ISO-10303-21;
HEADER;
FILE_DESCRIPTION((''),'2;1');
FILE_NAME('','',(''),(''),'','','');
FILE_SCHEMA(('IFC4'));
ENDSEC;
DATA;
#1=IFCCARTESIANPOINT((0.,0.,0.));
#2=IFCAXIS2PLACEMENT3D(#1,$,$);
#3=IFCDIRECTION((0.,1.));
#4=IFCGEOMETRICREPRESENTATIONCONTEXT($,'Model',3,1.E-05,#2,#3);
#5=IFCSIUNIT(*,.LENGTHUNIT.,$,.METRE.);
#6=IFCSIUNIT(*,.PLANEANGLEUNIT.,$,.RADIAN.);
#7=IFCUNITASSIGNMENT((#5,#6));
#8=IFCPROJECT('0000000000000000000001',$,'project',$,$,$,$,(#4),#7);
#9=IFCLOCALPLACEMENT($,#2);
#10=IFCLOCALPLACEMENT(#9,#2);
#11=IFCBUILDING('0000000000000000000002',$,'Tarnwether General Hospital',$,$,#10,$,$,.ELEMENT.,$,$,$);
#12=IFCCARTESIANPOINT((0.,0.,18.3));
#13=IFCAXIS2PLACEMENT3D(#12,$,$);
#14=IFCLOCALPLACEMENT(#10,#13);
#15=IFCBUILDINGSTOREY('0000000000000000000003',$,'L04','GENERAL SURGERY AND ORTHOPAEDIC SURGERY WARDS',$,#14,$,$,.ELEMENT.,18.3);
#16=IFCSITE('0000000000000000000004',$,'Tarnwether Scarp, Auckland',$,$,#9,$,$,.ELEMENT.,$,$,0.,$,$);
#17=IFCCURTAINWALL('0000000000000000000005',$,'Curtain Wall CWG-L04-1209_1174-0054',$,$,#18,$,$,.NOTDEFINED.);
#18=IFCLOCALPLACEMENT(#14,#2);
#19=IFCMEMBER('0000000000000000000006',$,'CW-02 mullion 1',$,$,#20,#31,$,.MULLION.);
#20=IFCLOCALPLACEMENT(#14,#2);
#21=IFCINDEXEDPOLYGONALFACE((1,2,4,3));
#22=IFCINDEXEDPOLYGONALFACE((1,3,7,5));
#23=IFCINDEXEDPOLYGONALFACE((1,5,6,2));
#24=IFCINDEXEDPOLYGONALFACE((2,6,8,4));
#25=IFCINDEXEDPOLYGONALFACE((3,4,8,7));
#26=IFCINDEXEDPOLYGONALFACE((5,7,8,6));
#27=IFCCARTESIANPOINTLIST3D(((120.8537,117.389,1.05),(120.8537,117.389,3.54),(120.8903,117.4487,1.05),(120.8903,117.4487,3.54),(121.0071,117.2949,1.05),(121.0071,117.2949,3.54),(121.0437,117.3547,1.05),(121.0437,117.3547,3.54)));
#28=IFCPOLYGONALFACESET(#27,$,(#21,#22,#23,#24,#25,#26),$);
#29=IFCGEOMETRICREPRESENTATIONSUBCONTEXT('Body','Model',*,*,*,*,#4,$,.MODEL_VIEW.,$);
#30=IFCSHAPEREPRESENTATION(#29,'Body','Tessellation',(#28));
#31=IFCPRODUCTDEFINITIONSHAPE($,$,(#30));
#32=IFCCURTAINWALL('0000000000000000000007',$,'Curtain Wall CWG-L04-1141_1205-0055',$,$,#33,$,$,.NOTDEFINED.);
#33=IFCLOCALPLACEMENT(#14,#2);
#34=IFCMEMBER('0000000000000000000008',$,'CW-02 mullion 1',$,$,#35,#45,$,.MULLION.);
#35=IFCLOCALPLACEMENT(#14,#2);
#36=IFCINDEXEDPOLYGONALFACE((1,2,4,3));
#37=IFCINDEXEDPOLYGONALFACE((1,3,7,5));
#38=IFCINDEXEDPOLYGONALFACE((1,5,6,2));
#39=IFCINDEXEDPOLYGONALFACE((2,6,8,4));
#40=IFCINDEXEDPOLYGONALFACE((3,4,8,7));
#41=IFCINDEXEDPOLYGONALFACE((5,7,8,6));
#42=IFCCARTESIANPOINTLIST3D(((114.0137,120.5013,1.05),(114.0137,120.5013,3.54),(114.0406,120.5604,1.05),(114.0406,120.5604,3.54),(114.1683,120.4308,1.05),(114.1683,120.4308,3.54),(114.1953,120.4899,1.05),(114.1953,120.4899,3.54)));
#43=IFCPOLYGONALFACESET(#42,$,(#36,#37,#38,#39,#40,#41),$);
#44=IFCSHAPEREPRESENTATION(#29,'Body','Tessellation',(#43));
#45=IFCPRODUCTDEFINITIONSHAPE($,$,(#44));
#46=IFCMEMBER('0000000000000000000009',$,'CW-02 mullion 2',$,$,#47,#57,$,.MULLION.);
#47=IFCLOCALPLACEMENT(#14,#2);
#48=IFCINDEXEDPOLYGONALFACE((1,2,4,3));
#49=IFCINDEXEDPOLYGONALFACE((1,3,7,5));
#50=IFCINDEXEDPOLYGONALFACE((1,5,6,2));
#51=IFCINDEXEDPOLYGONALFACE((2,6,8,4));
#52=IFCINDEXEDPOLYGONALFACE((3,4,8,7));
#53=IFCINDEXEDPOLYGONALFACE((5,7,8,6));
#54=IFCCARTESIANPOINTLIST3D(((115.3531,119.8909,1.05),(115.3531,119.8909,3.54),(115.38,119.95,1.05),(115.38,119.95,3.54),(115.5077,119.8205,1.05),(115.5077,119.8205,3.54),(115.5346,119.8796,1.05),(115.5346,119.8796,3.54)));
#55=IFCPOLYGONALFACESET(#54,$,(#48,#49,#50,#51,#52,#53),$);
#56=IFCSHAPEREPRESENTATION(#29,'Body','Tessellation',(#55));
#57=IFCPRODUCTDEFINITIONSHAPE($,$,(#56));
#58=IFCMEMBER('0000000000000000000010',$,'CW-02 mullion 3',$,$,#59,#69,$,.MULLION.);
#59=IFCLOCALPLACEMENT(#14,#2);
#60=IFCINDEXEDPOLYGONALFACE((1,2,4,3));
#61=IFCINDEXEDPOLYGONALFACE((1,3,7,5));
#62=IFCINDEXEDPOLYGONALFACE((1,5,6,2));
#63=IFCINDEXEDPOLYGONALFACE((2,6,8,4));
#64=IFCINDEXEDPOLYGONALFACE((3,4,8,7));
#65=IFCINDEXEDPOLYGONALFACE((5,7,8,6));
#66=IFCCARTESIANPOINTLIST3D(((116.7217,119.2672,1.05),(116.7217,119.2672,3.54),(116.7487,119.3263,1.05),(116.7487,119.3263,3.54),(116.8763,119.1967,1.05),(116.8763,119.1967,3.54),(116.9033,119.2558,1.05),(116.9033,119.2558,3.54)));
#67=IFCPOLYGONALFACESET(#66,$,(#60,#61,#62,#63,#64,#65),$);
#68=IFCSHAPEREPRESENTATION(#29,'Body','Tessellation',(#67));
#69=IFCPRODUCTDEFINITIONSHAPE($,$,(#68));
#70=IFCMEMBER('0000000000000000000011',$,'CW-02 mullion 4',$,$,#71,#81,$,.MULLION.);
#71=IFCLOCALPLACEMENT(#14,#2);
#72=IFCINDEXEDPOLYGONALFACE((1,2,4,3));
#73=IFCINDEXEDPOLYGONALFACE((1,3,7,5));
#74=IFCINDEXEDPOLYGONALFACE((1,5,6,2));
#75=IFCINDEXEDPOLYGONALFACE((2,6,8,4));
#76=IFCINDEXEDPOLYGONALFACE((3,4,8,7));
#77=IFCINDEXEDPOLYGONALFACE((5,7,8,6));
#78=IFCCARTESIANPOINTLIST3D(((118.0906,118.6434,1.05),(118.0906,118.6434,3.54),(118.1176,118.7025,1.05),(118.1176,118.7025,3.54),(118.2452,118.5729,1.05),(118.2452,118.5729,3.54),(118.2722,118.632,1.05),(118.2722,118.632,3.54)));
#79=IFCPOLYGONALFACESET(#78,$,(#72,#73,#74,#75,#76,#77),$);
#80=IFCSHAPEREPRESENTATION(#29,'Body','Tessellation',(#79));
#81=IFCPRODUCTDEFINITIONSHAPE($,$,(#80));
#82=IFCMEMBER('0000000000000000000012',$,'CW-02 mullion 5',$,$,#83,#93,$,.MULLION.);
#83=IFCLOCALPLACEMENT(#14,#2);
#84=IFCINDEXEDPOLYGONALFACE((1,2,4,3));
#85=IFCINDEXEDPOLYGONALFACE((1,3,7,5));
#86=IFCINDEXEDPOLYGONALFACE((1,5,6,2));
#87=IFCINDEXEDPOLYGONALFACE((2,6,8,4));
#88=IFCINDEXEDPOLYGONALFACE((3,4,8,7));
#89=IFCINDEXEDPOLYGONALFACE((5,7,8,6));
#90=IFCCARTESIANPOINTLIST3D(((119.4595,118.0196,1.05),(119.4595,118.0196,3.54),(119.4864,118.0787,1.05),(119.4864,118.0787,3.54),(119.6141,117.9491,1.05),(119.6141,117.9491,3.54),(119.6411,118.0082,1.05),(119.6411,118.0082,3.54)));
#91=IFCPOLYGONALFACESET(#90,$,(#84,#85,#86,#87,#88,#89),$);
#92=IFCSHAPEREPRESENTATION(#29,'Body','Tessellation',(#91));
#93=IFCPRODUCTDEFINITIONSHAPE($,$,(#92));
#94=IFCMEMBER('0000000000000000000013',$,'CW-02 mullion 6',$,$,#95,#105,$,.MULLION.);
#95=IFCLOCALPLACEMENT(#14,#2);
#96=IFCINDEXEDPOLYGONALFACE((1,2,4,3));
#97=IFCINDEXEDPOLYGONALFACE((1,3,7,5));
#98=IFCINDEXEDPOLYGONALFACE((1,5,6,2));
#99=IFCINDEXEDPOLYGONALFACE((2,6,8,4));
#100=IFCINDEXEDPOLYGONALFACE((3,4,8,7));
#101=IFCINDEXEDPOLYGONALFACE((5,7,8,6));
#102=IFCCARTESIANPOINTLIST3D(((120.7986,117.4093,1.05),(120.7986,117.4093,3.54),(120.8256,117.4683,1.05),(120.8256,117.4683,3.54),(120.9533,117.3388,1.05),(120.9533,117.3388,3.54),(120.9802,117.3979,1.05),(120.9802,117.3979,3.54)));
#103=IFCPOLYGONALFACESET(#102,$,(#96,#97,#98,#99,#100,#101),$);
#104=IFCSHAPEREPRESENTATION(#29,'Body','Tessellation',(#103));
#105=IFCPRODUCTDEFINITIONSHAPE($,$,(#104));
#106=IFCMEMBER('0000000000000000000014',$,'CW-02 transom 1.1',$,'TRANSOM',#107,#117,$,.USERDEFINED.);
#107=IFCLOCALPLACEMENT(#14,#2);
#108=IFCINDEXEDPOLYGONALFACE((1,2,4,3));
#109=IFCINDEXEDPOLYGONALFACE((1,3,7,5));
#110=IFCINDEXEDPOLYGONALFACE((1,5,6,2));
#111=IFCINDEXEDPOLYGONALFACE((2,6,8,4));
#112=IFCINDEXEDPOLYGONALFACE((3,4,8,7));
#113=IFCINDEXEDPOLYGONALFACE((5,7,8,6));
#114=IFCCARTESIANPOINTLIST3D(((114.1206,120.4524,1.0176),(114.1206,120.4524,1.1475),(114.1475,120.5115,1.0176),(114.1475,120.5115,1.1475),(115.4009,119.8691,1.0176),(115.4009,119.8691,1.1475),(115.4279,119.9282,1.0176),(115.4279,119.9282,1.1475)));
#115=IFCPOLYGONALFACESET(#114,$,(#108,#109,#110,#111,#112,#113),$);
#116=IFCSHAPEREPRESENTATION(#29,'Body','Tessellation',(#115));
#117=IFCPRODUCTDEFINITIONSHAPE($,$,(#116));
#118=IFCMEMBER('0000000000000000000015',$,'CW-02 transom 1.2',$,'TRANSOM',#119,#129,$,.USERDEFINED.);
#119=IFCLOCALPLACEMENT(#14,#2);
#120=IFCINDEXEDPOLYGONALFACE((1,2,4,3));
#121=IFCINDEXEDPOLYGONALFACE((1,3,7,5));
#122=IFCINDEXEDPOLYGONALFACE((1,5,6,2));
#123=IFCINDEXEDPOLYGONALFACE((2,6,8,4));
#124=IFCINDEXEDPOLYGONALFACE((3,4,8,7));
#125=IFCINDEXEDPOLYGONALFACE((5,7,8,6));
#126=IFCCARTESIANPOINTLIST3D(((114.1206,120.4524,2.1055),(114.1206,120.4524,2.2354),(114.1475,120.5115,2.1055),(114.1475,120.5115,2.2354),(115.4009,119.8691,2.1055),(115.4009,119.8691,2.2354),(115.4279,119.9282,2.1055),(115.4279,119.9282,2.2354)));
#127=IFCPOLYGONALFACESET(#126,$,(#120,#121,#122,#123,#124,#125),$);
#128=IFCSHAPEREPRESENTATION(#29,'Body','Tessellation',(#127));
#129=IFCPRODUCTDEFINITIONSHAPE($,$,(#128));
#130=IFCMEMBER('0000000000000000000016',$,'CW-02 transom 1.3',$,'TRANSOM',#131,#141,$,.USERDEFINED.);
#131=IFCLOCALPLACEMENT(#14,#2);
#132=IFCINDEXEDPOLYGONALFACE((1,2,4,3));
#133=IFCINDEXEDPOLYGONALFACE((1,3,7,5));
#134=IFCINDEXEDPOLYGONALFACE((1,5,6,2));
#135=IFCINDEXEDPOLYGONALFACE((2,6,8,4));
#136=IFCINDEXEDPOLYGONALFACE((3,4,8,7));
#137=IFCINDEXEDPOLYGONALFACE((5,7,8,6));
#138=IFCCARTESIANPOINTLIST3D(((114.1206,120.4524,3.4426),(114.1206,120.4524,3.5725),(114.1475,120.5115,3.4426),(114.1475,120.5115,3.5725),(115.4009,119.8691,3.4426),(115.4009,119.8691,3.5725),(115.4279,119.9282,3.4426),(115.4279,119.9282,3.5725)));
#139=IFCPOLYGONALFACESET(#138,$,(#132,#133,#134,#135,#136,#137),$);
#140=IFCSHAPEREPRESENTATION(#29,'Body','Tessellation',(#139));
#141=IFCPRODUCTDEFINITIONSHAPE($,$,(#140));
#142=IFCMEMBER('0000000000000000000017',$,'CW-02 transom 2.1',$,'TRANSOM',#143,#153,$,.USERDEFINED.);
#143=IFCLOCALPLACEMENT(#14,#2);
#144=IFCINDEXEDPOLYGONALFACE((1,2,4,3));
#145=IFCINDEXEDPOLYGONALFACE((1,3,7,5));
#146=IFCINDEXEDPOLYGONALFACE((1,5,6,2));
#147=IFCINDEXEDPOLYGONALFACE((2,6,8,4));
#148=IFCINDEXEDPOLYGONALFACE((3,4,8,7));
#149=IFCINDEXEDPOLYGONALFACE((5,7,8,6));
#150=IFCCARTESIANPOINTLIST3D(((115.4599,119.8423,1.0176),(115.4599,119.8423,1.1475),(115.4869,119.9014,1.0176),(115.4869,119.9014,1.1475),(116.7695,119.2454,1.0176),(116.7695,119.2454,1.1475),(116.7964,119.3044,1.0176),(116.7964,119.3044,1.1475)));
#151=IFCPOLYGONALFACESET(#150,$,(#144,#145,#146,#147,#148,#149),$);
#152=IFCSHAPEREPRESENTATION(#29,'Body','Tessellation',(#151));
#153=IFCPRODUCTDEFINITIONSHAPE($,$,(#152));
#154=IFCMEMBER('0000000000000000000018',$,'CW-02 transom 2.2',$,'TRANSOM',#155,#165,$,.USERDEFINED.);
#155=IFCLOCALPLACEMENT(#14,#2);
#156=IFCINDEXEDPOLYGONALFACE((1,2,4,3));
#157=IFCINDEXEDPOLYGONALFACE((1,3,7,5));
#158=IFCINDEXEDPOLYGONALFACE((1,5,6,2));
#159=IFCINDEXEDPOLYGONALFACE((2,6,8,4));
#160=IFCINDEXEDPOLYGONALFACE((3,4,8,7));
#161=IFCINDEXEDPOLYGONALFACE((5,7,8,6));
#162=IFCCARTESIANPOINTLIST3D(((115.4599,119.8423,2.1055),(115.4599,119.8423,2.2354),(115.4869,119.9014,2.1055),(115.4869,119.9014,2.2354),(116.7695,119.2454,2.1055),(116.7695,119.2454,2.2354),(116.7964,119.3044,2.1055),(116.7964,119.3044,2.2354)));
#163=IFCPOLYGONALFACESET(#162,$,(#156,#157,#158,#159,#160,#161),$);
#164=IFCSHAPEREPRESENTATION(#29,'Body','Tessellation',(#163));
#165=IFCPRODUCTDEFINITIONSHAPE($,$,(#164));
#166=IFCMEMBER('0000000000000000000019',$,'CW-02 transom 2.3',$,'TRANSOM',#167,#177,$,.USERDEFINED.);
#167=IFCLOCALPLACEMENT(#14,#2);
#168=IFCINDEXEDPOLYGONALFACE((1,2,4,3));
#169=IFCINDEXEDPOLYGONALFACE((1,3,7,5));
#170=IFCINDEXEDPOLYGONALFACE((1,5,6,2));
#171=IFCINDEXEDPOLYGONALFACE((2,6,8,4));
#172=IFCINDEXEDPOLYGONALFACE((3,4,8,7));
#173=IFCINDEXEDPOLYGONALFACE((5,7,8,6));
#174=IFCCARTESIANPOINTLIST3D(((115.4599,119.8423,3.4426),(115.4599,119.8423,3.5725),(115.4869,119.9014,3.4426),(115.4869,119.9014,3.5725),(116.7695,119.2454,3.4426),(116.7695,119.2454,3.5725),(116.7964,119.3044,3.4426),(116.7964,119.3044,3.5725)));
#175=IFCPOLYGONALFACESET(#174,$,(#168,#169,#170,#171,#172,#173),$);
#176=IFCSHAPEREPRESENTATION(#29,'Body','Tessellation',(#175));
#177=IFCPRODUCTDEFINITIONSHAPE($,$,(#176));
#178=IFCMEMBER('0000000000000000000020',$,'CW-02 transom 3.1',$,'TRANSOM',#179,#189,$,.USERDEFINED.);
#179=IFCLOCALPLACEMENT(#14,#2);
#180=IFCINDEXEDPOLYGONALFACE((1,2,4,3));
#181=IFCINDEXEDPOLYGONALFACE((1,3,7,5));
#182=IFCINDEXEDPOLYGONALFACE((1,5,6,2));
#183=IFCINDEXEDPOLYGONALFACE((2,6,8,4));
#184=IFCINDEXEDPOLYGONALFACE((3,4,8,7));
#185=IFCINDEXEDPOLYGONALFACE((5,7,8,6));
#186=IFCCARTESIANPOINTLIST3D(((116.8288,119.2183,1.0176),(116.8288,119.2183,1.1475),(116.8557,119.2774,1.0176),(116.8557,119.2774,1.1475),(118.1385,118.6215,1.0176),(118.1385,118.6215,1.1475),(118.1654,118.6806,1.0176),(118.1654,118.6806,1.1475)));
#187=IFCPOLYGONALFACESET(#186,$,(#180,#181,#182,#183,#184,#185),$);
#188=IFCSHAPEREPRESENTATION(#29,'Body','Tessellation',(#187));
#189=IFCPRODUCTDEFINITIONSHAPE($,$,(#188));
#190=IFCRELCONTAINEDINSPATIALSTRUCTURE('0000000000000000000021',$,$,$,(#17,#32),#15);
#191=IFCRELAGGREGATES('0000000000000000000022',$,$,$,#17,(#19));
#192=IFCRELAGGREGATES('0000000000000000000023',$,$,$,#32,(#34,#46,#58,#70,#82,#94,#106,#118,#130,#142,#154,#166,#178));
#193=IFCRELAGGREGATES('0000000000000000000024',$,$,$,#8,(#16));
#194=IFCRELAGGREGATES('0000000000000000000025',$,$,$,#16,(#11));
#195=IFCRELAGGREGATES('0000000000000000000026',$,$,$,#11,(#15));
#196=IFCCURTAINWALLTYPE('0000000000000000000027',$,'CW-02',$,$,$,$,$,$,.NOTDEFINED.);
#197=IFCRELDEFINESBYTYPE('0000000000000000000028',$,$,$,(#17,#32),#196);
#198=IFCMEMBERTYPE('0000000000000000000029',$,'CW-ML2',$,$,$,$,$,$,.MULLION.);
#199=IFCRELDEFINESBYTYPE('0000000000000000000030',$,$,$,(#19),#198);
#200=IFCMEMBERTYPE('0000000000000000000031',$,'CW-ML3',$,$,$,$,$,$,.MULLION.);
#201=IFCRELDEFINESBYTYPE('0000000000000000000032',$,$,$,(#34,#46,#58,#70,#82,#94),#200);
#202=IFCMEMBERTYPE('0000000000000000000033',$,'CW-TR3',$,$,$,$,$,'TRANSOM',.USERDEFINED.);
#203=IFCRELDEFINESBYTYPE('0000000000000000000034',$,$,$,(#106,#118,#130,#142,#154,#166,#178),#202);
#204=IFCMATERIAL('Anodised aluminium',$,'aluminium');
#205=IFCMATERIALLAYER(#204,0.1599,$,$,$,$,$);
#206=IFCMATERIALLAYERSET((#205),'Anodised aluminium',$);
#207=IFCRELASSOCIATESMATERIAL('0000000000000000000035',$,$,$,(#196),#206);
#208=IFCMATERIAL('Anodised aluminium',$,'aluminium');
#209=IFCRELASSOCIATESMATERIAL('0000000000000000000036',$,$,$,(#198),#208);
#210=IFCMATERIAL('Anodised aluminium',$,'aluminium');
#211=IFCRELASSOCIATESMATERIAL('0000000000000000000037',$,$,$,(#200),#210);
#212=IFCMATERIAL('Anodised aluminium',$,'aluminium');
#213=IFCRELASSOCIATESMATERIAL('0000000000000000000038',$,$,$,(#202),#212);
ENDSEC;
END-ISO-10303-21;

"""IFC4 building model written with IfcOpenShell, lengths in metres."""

from ifc_helpers import new_model, si_unit, direction, frame, origin, origin_2d, place, context, subcontext, project, spatial, rectangle, extrude, material, layer, layer_set, material_profile, profile_set, type_object, element, aggregate, save


model = new_model("IFC4")

# Units and contexts
model_context = context("Model", 3, precision=1e-05, world=origin(), true_north=direction((0.0, 1.0)))
body_context = subcontext(model_context, "Body", "Model", "MODEL_VIEW")
ifc_project = project(units=[si_unit("LENGTHUNIT", "METRE"), si_unit("PLANEANGLEUNIT", "RADIAN")], contexts=[model_context])

# Site, building, storey
site_placement = place(None, origin())
site = spatial("IfcSite", under=ifc_project, at=site_placement, Name="Tarnwether Scarp, Auckland", CompositionType="ELEMENT", RefElevation=0.0)
building_placement = place(site_placement, origin())
building = spatial("IfcBuilding", under=site, at=building_placement, Name="Tarnwether General Hospital", CompositionType="ELEMENT")
storey_placement = place(building_placement, frame((0.0, 0.0, 18.3)))
storey = spatial("IfcBuildingStorey", under=building, at=storey_placement, Name="L04", Description="GENERAL SURGERY AND ORTHOPAEDIC SURGERY WARDS", CompositionType="ELEMENT", Elevation=18.3)

# Curtain wall, member
ifc_material_1 = material(Name="Anodised aluminium", Category="aluminium")
ifc_layer_1 = layer(ifc_material_1, 0.1599)
ifc_layer_set_1 = layer_set([ifc_layer_1], Name="Anodised aluminium")
curtain_wall_type = type_object("IfcCurtainWallType", Name="CW-02", PredefinedType="NOTDEFINED", material=ifc_layer_set_1)
curtain_wall_1_placement = place(storey_placement, origin())
curtain_wall_1 = element("IfcCurtainWall", 1, at=curtain_wall_1_placement, inside=storey, type_object=curtain_wall_type, Name="Curtain Wall CWG-L04-1209_1174-0054", PredefinedType="NOTDEFINED")
ifc_material_2 = material(Name="Anodised aluminium", Category="aluminium")
ifc_material_profile_1 = material_profile(ifc_material_2, rectangle(XDim=0.0701, YDim=0.1799, at=origin_2d()), Name="ALU-MUL-70x180")
ifc_profile_set_1 = profile_set([ifc_material_profile_1], Name="Anodised aluminium")
member_type_1 = type_object("IfcMemberType", Name="CW-ML2", PredefinedType="MULLION", material=ifc_profile_set_1)
member_1_placement = place(storey_placement, frame((120.9487, 117.3718, 1.05), z_axis=(0.0, 0.0, 1.0), x_axis=(0.522509, 0.852634, 0.0)))
member_1 = element("IfcMember", 2, at=member_1_placement, type_object=member_type_1, Name="CW-02 mullion 1", PredefinedType="MULLION", context=body_context, shape_type="SweptSolid", body=[
    extrude(rectangle(XDim=0.0701, YDim=0.1799, at=origin_2d()), origin(), (0.0, 0.0, 1.0), 2.49),
])
aggregate(curtain_wall_1, [member_1])

# Curtain wall, members
curtain_wall_2_placement = place(storey_placement, origin())
curtain_wall_2 = element("IfcCurtainWall", 3, at=curtain_wall_2_placement, inside=storey, type_object=curtain_wall_type, Name="Curtain Wall CWG-L04-1141_1205-0055", PredefinedType="NOTDEFINED")
ifc_material_3 = material(Name="Anodised aluminium", Category="aluminium")
ifc_material_profile_2 = material_profile(ifc_material_3, rectangle(XDim=0.0649, YDim=0.1699, at=origin_2d()), Name="ALU-MUL-65x170")
ifc_profile_set_2 = profile_set([ifc_material_profile_2], Name="Anodised aluminium")
member_type_2 = type_object("IfcMemberType", Name="CW-ML3", PredefinedType="MULLION", material=ifc_profile_set_2)
member_2_placement = place(storey_placement, frame((114.1045, 120.4956, 1.05), z_axis=(0.0, 0.0, 1.0), x_axis=(0.414694, 0.909961, 0.0)))
member_2 = element("IfcMember", 4, at=member_2_placement, type_object=member_type_2, Name="CW-02 mullion 1", PredefinedType="MULLION", context=body_context, shape_type="SweptSolid", body=[
    extrude(rectangle(XDim=0.0649, YDim=0.1699, at=origin_2d()), origin(), (0.0, 0.0, 1.0), 2.49),
])
member_3_placement = place(storey_placement, frame((115.4438, 119.8853, 1.05), z_axis=(0.0, 0.0, 1.0), x_axis=(0.414694, 0.909961, 0.0)))
member_3 = element("IfcMember", 5, at=member_3_placement, type_object=member_type_2, Name="CW-02 mullion 2", PredefinedType="MULLION", context=body_context, shape_type="SweptSolid", body=[
    extrude(rectangle(XDim=0.0649, YDim=0.1699, at=origin_2d()), origin(), (0.0, 0.0, 1.0), 2.49),
])
member_4_placement = place(storey_placement, frame((116.8125, 119.2615, 1.05), z_axis=(0.0, 0.0, 1.0), x_axis=(0.414694, 0.909961, 0.0)))
member_4 = element("IfcMember", 6, at=member_4_placement, type_object=member_type_2, Name="CW-02 mullion 3", PredefinedType="MULLION", context=body_context, shape_type="SweptSolid", body=[
    extrude(rectangle(XDim=0.0649, YDim=0.1699, at=origin_2d()), origin(), (0.0, 0.0, 1.0), 2.49),
])
member_5_placement = place(storey_placement, frame((118.1814, 118.6377, 1.05), z_axis=(0.0, 0.0, 1.0), x_axis=(0.414694, 0.909961, 0.0)))
member_5 = element("IfcMember", 7, at=member_5_placement, type_object=member_type_2, Name="CW-02 mullion 4", PredefinedType="MULLION", context=body_context, shape_type="SweptSolid", body=[
    extrude(rectangle(XDim=0.0649, YDim=0.1699, at=origin_2d()), origin(), (0.0, 0.0, 1.0), 2.49),
])
member_6_placement = place(storey_placement, frame((119.5503, 118.0139, 1.05), z_axis=(0.0, 0.0, 1.0), x_axis=(0.414694, 0.909961, 0.0)))
member_6 = element("IfcMember", 8, at=member_6_placement, type_object=member_type_2, Name="CW-02 mullion 5", PredefinedType="MULLION", context=body_context, shape_type="SweptSolid", body=[
    extrude(rectangle(XDim=0.0649, YDim=0.1699, at=origin_2d()), origin(), (0.0, 0.0, 1.0), 2.49),
])
member_7_placement = place(storey_placement, frame((120.8894, 117.4036, 1.05), z_axis=(0.0, 0.0, 1.0), x_axis=(0.414694, 0.909961, 0.0)))
member_7 = element("IfcMember", 9, at=member_7_placement, type_object=member_type_2, Name="CW-02 mullion 6", PredefinedType="MULLION", context=body_context, shape_type="SweptSolid", body=[
    extrude(rectangle(XDim=0.0649, YDim=0.1699, at=origin_2d()), origin(), (0.0, 0.0, 1.0), 2.49),
])
ifc_material_4 = material(Name="Anodised aluminium", Category="aluminium")
ifc_material_profile_3 = material_profile(ifc_material_4, rectangle(XDim=0.0649, YDim=0.1299, at=origin_2d()), Name="ALU-TRN-65x130")
ifc_profile_set_3 = profile_set([ifc_material_profile_3], Name="Anodised aluminium")
member_type_3 = type_object("IfcMemberType", Name="CW-TR3", ElementType="TRANSOM", PredefinedType="USERDEFINED", material=ifc_profile_set_3)
member_8_placement = place(storey_placement, frame((114.134, 120.4819, 1.0825), z_axis=(0.910016, -0.414574, 0.0), x_axis=(0.414574, 0.910016, 0.0)))
member_8 = element("IfcMember", 10, at=member_8_placement, type_object=member_type_3, Name="CW-02 transom 1.1", ObjectType="TRANSOM", PredefinedType="USERDEFINED", context=body_context, shape_type="SweptSolid", body=[
    extrude(rectangle(XDim=0.0649, YDim=0.1299, at=origin_2d()), origin(), (0.0, 0.0, 1.0), 1.407),
])
member_9_placement = place(storey_placement, frame((114.134, 120.4819, 2.1704), z_axis=(0.910016, -0.414574, 0.0), x_axis=(0.414574, 0.910016, 0.0)))
member_9 = element("IfcMember", 11, at=member_9_placement, type_object=member_type_3, Name="CW-02 transom 1.2", ObjectType="TRANSOM", PredefinedType="USERDEFINED", context=body_context, shape_type="SweptSolid", body=[
    extrude(rectangle(XDim=0.0649, YDim=0.1299, at=origin_2d()), origin(), (0.0, 0.0, 1.0), 1.407),
])
member_10_placement = place(storey_placement, frame((114.134, 120.4819, 3.5076), z_axis=(0.910016, -0.414574, 0.0), x_axis=(0.414574, 0.910016, 0.0)))
member_10 = element("IfcMember", 12, at=member_10_placement, type_object=member_type_3, Name="CW-02 transom 1.3", ObjectType="TRANSOM", PredefinedType="USERDEFINED", context=body_context, shape_type="SweptSolid", body=[
    extrude(rectangle(XDim=0.0649, YDim=0.1299, at=origin_2d()), origin(), (0.0, 0.0, 1.0), 1.407),
])
member_11_placement = place(storey_placement, frame((115.4734, 119.8718, 1.0825), z_axis=(0.90993, -0.414761, 0.0), x_axis=(0.414761, 0.90993, 0.0)))
member_11 = element("IfcMember", 13, at=member_11_placement, type_object=member_type_3, Name="CW-02 transom 2.1", ObjectType="TRANSOM", PredefinedType="USERDEFINED", context=body_context, shape_type="SweptSolid", body=[
    extrude(rectangle(XDim=0.0649, YDim=0.1299, at=origin_2d()), origin(), (0.0, 0.0, 1.0), 1.4392),
])
member_12_placement = place(storey_placement, frame((115.4734, 119.8718, 2.1704), z_axis=(0.90993, -0.414761, 0.0), x_axis=(0.414761, 0.90993, 0.0)))
member_12 = element("IfcMember", 14, at=member_12_placement, type_object=member_type_3, Name="CW-02 transom 2.2", ObjectType="TRANSOM", PredefinedType="USERDEFINED", context=body_context, shape_type="SweptSolid", body=[
    extrude(rectangle(XDim=0.0649, YDim=0.1299, at=origin_2d()), origin(), (0.0, 0.0, 1.0), 1.4392),
])
member_13_placement = place(storey_placement, frame((115.4734, 119.8718, 3.5076), z_axis=(0.90993, -0.414761, 0.0), x_axis=(0.414761, 0.90993, 0.0)))
member_13 = element("IfcMember", 15, at=member_13_placement, type_object=member_type_3, Name="CW-02 transom 2.3", ObjectType="TRANSOM", PredefinedType="USERDEFINED", context=body_context, shape_type="SweptSolid", body=[
    extrude(rectangle(XDim=0.0649, YDim=0.1299, at=origin_2d()), origin(), (0.0, 0.0, 1.0), 1.4392),
])
member_14_placement = place(storey_placement, frame((116.8423, 119.2478, 1.0825), z_axis=(0.909994, -0.414621, 0.0), x_axis=(0.414621, 0.909994, 0.0)))
member_14 = element("IfcMember", 16, at=member_14_placement, type_object=member_type_3, Name="CW-02 transom 3.1", ObjectType="TRANSOM", PredefinedType="USERDEFINED", context=body_context, shape_type="SweptSolid", body=[
    extrude(rectangle(XDim=0.0649, YDim=0.1299, at=origin_2d()), origin(), (0.0, 0.0, 1.0), 1.4392),
])
aggregate(curtain_wall_2, [member_2, member_3, member_4, member_5, member_6, member_7, member_8, member_9, member_10, member_11, member_12, member_13, member_14])

save(model, "model.ifc")
